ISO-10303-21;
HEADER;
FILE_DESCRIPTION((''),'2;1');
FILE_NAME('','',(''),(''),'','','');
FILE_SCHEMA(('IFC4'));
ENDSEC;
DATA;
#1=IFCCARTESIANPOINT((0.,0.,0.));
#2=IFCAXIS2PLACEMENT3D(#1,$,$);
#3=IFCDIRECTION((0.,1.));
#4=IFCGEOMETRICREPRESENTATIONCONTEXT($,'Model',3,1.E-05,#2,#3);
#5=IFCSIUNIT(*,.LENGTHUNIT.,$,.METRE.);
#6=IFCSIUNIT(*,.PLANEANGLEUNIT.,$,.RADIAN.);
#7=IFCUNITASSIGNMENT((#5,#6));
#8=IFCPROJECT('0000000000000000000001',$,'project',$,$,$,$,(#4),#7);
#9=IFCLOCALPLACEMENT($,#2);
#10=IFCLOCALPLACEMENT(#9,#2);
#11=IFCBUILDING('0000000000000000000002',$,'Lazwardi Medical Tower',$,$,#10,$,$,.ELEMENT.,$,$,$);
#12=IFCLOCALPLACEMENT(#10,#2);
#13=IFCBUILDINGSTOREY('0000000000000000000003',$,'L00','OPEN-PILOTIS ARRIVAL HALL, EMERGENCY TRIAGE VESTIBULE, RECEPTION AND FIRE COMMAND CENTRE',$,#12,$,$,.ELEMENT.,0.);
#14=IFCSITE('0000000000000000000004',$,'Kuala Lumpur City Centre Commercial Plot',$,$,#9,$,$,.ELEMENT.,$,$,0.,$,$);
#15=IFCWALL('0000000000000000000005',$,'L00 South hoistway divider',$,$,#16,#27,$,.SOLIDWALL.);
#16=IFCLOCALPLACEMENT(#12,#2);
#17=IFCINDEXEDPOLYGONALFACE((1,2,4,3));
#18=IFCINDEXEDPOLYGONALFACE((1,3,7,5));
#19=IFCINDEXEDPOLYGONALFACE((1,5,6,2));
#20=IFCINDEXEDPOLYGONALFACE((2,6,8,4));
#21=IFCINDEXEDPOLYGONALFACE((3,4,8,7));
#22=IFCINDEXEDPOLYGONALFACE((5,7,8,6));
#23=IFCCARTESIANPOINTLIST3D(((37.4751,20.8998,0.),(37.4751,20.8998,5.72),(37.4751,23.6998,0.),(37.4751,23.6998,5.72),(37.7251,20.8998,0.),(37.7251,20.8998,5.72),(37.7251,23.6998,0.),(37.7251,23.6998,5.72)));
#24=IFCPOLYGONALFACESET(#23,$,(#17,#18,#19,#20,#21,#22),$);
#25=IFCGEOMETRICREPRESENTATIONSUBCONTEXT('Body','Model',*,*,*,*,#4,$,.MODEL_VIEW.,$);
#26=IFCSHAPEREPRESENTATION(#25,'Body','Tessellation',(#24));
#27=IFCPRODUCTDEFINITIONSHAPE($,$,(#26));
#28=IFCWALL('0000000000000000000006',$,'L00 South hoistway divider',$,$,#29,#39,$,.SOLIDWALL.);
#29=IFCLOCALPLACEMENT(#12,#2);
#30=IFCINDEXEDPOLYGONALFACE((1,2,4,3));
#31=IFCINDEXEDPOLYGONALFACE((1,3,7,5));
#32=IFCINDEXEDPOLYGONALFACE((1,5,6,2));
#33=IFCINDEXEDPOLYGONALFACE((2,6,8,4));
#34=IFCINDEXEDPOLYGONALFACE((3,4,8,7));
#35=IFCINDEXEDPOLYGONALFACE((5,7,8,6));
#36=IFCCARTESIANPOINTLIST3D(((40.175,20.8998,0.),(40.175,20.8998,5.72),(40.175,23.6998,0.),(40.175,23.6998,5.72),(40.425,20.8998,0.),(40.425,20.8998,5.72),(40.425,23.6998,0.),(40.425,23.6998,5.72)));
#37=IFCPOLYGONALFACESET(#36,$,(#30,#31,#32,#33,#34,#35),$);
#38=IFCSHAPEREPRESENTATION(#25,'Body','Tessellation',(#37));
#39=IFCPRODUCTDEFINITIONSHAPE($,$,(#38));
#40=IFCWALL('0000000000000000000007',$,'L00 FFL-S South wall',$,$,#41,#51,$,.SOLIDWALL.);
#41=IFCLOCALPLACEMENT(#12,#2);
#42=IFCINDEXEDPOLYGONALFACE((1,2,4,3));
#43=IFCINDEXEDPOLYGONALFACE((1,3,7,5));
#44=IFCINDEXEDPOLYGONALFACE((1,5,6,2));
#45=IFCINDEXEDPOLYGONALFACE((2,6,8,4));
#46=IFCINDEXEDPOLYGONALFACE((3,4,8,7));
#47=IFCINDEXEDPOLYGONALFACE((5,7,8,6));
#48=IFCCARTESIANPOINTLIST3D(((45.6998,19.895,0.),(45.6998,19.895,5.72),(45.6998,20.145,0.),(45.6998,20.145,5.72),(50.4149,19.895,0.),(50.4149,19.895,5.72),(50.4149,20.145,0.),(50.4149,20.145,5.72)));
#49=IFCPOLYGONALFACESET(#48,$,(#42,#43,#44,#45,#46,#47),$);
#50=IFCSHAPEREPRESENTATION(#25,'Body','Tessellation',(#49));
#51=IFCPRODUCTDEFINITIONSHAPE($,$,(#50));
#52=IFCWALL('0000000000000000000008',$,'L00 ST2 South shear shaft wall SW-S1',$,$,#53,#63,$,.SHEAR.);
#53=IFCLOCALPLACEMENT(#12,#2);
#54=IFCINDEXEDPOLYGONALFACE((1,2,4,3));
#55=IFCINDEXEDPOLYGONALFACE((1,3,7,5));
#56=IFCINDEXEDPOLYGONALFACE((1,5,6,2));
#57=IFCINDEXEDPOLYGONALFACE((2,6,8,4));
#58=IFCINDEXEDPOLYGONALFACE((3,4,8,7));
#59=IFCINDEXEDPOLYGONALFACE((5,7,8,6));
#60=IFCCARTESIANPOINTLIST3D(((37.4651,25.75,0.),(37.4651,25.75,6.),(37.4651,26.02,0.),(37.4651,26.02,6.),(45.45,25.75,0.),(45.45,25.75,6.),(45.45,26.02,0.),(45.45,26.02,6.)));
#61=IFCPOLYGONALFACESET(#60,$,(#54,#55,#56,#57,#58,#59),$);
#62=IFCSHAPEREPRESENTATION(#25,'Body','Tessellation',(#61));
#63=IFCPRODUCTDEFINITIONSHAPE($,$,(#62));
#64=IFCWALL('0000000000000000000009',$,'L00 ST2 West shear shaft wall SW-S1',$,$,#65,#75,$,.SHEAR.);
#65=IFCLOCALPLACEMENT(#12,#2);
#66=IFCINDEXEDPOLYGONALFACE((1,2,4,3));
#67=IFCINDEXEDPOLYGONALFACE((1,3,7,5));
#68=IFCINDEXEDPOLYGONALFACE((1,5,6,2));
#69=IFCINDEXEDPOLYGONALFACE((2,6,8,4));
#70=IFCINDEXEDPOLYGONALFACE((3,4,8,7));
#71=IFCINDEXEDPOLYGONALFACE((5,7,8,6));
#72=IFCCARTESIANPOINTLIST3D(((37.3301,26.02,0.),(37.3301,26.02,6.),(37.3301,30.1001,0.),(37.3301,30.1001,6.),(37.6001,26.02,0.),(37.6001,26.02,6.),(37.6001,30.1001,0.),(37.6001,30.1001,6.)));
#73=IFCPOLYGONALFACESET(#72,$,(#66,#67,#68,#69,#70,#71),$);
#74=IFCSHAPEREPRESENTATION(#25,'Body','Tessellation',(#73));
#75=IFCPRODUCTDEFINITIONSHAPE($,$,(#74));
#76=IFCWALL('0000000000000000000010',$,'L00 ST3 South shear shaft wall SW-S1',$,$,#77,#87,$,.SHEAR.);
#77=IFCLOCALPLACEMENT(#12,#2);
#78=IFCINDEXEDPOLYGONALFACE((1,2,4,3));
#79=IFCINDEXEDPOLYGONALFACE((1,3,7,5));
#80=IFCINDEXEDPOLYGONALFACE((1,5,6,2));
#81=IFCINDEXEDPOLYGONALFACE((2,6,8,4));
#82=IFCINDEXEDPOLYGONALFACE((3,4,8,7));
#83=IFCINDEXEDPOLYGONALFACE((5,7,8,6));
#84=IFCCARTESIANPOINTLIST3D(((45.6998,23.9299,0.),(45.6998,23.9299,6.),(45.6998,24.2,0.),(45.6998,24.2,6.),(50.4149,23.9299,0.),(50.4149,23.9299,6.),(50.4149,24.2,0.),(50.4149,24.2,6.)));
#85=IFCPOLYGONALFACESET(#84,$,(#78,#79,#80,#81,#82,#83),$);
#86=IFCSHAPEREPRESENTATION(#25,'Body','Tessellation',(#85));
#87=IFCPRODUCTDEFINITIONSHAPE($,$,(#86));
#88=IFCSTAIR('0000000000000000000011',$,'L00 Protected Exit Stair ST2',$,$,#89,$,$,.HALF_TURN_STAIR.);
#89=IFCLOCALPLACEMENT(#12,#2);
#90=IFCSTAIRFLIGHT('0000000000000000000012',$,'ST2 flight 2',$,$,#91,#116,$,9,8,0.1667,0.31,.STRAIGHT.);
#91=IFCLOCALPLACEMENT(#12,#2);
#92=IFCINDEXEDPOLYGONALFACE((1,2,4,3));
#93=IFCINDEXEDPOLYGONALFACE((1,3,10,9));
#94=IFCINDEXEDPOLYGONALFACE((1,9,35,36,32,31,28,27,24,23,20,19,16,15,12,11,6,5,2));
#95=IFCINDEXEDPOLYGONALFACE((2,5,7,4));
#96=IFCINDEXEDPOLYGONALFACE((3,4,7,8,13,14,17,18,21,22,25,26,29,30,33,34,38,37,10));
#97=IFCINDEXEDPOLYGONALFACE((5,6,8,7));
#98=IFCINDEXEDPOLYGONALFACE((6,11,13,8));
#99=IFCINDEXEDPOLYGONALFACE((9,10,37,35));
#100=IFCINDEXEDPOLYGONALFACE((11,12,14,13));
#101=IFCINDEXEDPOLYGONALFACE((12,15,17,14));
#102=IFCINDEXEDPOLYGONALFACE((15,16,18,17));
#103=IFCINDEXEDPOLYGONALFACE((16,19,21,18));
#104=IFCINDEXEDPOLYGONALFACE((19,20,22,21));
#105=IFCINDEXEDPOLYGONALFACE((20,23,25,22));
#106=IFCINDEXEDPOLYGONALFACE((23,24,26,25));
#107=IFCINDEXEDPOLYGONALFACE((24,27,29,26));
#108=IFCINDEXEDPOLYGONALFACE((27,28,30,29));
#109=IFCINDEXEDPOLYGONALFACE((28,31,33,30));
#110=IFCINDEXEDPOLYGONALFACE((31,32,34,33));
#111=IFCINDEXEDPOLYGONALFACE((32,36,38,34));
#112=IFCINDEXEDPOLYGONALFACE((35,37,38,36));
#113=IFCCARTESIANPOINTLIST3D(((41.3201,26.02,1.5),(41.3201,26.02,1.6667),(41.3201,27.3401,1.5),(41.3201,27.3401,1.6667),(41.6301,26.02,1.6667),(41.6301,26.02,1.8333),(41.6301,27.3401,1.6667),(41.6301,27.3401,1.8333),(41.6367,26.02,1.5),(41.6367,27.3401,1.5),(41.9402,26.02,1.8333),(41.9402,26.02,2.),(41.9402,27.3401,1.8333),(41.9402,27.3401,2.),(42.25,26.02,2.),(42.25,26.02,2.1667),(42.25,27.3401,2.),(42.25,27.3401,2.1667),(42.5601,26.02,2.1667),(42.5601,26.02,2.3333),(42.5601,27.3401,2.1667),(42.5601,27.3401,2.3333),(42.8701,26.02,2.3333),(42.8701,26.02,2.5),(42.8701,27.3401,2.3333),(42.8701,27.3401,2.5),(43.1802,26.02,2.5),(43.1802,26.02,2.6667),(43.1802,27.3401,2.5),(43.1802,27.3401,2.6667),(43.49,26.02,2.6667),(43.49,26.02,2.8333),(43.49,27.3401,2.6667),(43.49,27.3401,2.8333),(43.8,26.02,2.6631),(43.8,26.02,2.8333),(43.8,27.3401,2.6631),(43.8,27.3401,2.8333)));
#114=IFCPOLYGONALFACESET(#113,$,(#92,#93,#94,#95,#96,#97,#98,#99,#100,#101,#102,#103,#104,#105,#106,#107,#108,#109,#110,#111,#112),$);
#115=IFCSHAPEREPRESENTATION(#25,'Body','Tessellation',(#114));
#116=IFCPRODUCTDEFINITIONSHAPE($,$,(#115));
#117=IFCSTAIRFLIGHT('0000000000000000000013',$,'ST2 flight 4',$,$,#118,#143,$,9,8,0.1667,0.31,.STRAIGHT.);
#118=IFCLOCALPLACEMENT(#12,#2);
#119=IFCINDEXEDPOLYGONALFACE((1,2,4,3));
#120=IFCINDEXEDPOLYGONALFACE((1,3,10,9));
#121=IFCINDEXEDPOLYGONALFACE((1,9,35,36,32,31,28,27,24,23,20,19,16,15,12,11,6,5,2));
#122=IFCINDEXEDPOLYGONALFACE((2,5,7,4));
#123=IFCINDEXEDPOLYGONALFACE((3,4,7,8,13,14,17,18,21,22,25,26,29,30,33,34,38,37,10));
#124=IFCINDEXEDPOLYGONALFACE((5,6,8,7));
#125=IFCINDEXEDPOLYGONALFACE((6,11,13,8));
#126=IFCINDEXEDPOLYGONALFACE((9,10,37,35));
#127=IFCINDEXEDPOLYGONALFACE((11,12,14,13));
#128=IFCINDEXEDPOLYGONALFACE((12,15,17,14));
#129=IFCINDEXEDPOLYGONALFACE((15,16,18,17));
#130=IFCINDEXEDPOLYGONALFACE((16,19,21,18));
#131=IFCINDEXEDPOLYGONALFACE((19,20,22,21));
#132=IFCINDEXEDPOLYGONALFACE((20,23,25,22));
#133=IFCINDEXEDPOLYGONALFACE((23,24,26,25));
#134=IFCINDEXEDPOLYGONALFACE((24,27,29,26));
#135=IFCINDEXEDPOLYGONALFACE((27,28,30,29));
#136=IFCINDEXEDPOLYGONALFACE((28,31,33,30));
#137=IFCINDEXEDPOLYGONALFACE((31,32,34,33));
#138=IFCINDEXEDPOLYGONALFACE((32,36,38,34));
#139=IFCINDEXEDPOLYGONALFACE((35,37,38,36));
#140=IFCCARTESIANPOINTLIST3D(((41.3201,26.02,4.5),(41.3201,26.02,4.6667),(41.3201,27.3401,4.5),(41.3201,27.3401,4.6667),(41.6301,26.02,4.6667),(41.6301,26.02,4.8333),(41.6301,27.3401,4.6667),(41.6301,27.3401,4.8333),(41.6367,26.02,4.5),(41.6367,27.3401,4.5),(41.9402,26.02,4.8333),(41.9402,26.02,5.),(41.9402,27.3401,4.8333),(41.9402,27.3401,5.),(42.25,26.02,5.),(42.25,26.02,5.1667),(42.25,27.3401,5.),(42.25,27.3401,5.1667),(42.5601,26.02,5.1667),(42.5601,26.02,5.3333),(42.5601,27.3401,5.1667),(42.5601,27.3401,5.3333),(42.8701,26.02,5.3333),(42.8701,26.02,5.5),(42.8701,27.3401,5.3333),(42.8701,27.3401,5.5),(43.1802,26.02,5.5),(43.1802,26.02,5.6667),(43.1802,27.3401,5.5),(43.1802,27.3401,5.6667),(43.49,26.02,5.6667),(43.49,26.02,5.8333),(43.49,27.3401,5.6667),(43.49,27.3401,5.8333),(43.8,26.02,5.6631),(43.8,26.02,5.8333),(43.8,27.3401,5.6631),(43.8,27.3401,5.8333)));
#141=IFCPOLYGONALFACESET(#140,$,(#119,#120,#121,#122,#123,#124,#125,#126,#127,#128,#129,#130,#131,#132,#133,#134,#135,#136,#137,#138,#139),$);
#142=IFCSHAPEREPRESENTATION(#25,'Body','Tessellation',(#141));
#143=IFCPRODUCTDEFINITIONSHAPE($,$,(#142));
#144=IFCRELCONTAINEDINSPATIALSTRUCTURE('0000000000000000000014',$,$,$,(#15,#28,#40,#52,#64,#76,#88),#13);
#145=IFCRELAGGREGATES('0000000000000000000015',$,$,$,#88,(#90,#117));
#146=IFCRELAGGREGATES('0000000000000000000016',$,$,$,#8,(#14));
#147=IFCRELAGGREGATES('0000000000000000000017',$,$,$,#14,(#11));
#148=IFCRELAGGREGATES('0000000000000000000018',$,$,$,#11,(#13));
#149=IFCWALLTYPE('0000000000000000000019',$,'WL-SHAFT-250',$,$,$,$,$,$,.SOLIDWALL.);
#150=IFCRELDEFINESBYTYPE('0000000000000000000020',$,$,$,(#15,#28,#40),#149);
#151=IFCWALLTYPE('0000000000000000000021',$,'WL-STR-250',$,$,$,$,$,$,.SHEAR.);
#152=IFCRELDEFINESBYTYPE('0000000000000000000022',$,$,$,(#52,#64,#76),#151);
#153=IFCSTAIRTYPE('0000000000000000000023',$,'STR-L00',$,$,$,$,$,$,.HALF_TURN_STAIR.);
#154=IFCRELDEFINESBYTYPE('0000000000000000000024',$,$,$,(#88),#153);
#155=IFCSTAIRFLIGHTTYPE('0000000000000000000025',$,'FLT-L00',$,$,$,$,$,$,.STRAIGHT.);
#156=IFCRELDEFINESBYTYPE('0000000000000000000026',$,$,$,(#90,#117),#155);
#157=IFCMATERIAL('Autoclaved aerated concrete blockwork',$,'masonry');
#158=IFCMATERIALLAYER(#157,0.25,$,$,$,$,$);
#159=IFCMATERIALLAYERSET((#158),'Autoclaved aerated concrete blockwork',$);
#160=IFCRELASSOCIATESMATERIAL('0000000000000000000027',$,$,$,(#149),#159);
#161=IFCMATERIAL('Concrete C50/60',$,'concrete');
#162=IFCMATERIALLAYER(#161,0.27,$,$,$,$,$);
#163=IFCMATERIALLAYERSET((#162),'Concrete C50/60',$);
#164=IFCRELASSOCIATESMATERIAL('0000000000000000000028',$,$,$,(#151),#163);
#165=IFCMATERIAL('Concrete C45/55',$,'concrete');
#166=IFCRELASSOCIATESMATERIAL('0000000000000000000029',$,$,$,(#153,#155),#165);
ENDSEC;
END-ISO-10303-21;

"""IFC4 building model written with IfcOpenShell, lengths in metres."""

from ifc_helpers import new_model, si_unit, direction, frame, frame_2d, origin, place, context, subcontext, project, spatial, polyline, rectangle, outline, extrude, material, layer, layer_set, type_object, element, aggregate, save


model = new_model("IFC4")

# Units and contexts
model_context = context("Model", 3, precision=1e-05, world=origin(), true_north=direction((0.0, 1.0)))
body_context = subcontext(model_context, "Body", "Model", "MODEL_VIEW")
ifc_project = project(units=[si_unit("LENGTHUNIT", "METRE"), si_unit("PLANEANGLEUNIT", "RADIAN")], contexts=[model_context])

# Site, building, storey
site_placement = place(None, origin())
site = spatial("IfcSite", under=ifc_project, at=site_placement, Name="Kuala Lumpur City Centre Commercial Plot", CompositionType="ELEMENT", RefElevation=0.0)
building_placement = place(site_placement, origin())
building = spatial("IfcBuilding", under=site, at=building_placement, Name="Lazwardi Medical Tower", CompositionType="ELEMENT")
storey_placement = place(building_placement, origin())
storey = spatial("IfcBuildingStorey", under=building, at=storey_placement, Name="L00", Description="OPEN-PILOTIS ARRIVAL HALL, EMERGENCY TRIAGE VESTIBULE, RECEPTION AND FIRE COMMAND CENTRE", CompositionType="ELEMENT", Elevation=0.0)

# Walls
ifc_material_1 = material(Name="Autoclaved aerated concrete blockwork", Category="masonry")
ifc_layer_1 = layer(ifc_material_1, 0.25)
ifc_layer_set_1 = layer_set([ifc_layer_1], Name="Autoclaved aerated concrete blockwork")
wall_type_1 = type_object("IfcWallType", Name="WL-SHAFT-250", PredefinedType="SOLIDWALL", material=ifc_layer_set_1)
for number, where, z_axis, x_axis, name in (
    (1, (37.6001, 20.8999, 0.0), (0.0, 0.0, 1.0), (0.0, 1.0, 0.0), "L00 South hoistway divider"),
    (2, (40.3, 20.8999, 0.0), (0.0, 0.0, 1.0), (0.0, 1.0, 0.0), "L00 South hoistway divider"),
):
    element("IfcWall", number, at=place(storey_placement, frame(where, z_axis=z_axis, x_axis=x_axis)), inside=storey, type_object=wall_type_1, Name=name, PredefinedType="SOLIDWALL", context=body_context, shape_type="SweptSolid", body=[
        extrude(rectangle(XDim=2.8, YDim=0.25, at=frame_2d((1.3999, 0.0))), origin(), (0.0, 0.0, 1.0), 5.72),
    ])
wall_1_placement = place(storey_placement, frame((45.7, 20.02, 0.0), z_axis=(0.0, 0.0, 1.0), x_axis=(1.0, 0.0, 0.0)))
element("IfcWall", 3, at=wall_1_placement, inside=storey, type_object=wall_type_1, Name="L00 FFL-S South wall", PredefinedType="SOLIDWALL", context=body_context, shape_type="SweptSolid", body=[
    extrude(rectangle(XDim=4.7151, YDim=0.25, at=frame_2d((2.3574, 0.0))), origin(), (0.0, 0.0, 1.0), 5.72),
])
ifc_material_2 = material(Name="Concrete C50/60", Category="concrete")
ifc_layer_2 = layer(ifc_material_2, 0.27)
ifc_layer_set_2 = layer_set([ifc_layer_2], Name="Concrete C50/60")
wall_type_2 = type_object("IfcWallType", Name="WL-STR-250", PredefinedType="SHEAR", material=ifc_layer_set_2)
wall_2_placement = place(storey_placement, frame((37.4651, 25.885, 0.0), z_axis=(0.0, 0.0, 1.0), x_axis=(1.0, 0.0, 0.0)))
element("IfcWall", 4, at=wall_2_placement, inside=storey, type_object=wall_type_2, Name="L00 ST2 South shear shaft wall SW-S1", PredefinedType="SHEAR", context=body_context, shape_type="SweptSolid", body=[
    extrude(rectangle(XDim=7.9849, YDim=0.27, at=frame_2d((3.9924, 0.0))), origin(), (0.0, 0.0, 1.0), 6.0),
])
wall_3_placement = place(storey_placement, frame((37.4651, 26.02, 0.0), z_axis=(0.0, 0.0, 1.0), x_axis=(0.0, 1.0, 0.0)))
element("IfcWall", 5, at=wall_3_placement, inside=storey, type_object=wall_type_2, Name="L00 ST2 West shear shaft wall SW-S1", PredefinedType="SHEAR", context=body_context, shape_type="SweptSolid", body=[
    extrude(rectangle(XDim=4.0801, YDim=0.27, at=frame_2d((2.04, 0.0))), origin(), (0.0, 0.0, 1.0), 6.0),
])
wall_4_placement = place(storey_placement, frame((45.7, 24.0649, 0.0), z_axis=(0.0, 0.0, 1.0), x_axis=(1.0, 0.0, 0.0)))
element("IfcWall", 6, at=wall_4_placement, inside=storey, type_object=wall_type_2, Name="L00 ST3 South shear shaft wall SW-S1", PredefinedType="SHEAR", context=body_context, shape_type="SweptSolid", body=[
    extrude(rectangle(XDim=4.7151, YDim=0.27, at=frame_2d((2.3574, 0.0))), origin(), (0.0, 0.0, 1.0), 6.0),
])

# Stair, stair flights
ifc_material_3 = material(Name="Concrete C45/55", Category="concrete")
stair_type = type_object("IfcStairType", Name="STR-L00", PredefinedType="HALF_TURN_STAIR", material=ifc_material_3)
stair_placement = place(storey_placement, origin())
stair = element("IfcStair", 7, at=stair_placement, inside=storey, type_object=stair_type, Name="L00 Protected Exit Stair ST2", PredefinedType="HALF_TURN_STAIR")
stair_flight_type = type_object("IfcStairFlightType", Name="FLT-L00", PredefinedType="STRAIGHT", material=ifc_material_3)
stair_flight_1_placement = place(storey_placement, frame((41.3201, 26.6799, 1.5), z_axis=(0.0, 0.0, 1.0), x_axis=(1.0, 0.0, 0.0)))
stair_flight_1 = element("IfcStairFlight", 8, at=stair_flight_1_placement, type_object=stair_flight_type, Name="ST2 flight 2", NumberOfRisers=9, NumberOfTreads=8, PredefinedType="STRAIGHT", RiserHeight=0.1667, TreadLength=0.31, context=body_context, shape_type="SweptSolid", body=[
    extrude(outline(polyline([(0.0, 0.0), (0.0, 0.1667), (0.3101, 0.1667), (0.3101, 0.3333), (0.6201, 0.3333), (0.6201, 0.5), (0.9299, 0.5), (0.9299, 0.6667), (1.24, 0.6667), (1.24, 0.8333), (1.55, 0.8333), (1.55, 1.0), (1.8601, 1.0), (1.8601, 1.1667), (2.1699, 1.1667), (2.1699, 1.3333), (2.48, 1.3333), (2.48, 1.5), (2.48, 1.1631), (0.3167, 0.0), (0.0, 0.0)])), frame((0.0, 0.6602, 0.0), z_axis=(0.0, -1.0, 0.0), x_axis=(1.0, 0.0, 0.0)), (0.0, 0.0, 1.0), 1.3201),
])
stair_flight_2_placement = place(storey_placement, frame((41.3201, 26.6799, 4.5), z_axis=(0.0, 0.0, 1.0), x_axis=(1.0, 0.0, 0.0)))
stair_flight_2 = element("IfcStairFlight", 9, at=stair_flight_2_placement, type_object=stair_flight_type, Name="ST2 flight 4", NumberOfRisers=9, NumberOfTreads=8, PredefinedType="STRAIGHT", RiserHeight=0.1667, TreadLength=0.31, context=body_context, shape_type="SweptSolid", body=[
    extrude(outline(polyline([(0.0, 0.0), (0.0, 0.1667), (0.3101, 0.1667), (0.3101, 0.3333), (0.6201, 0.3333), (0.6201, 0.5), (0.9299, 0.5), (0.9299, 0.6667), (1.24, 0.6667), (1.24, 0.8333), (1.55, 0.8333), (1.55, 1.0), (1.8601, 1.0), (1.8601, 1.1667), (2.1699, 1.1667), (2.1699, 1.3333), (2.48, 1.3333), (2.48, 1.5), (2.48, 1.1631), (0.3167, 0.0), (0.0, 0.0)])), frame((0.0, 0.6602, 0.0), z_axis=(0.0, -1.0, 0.0), x_axis=(1.0, 0.0, 0.0)), (0.0, 0.0, 1.0), 1.3201),
])
aggregate(stair, [stair_flight_1, stair_flight_2])

save(model, "model.ifc")
